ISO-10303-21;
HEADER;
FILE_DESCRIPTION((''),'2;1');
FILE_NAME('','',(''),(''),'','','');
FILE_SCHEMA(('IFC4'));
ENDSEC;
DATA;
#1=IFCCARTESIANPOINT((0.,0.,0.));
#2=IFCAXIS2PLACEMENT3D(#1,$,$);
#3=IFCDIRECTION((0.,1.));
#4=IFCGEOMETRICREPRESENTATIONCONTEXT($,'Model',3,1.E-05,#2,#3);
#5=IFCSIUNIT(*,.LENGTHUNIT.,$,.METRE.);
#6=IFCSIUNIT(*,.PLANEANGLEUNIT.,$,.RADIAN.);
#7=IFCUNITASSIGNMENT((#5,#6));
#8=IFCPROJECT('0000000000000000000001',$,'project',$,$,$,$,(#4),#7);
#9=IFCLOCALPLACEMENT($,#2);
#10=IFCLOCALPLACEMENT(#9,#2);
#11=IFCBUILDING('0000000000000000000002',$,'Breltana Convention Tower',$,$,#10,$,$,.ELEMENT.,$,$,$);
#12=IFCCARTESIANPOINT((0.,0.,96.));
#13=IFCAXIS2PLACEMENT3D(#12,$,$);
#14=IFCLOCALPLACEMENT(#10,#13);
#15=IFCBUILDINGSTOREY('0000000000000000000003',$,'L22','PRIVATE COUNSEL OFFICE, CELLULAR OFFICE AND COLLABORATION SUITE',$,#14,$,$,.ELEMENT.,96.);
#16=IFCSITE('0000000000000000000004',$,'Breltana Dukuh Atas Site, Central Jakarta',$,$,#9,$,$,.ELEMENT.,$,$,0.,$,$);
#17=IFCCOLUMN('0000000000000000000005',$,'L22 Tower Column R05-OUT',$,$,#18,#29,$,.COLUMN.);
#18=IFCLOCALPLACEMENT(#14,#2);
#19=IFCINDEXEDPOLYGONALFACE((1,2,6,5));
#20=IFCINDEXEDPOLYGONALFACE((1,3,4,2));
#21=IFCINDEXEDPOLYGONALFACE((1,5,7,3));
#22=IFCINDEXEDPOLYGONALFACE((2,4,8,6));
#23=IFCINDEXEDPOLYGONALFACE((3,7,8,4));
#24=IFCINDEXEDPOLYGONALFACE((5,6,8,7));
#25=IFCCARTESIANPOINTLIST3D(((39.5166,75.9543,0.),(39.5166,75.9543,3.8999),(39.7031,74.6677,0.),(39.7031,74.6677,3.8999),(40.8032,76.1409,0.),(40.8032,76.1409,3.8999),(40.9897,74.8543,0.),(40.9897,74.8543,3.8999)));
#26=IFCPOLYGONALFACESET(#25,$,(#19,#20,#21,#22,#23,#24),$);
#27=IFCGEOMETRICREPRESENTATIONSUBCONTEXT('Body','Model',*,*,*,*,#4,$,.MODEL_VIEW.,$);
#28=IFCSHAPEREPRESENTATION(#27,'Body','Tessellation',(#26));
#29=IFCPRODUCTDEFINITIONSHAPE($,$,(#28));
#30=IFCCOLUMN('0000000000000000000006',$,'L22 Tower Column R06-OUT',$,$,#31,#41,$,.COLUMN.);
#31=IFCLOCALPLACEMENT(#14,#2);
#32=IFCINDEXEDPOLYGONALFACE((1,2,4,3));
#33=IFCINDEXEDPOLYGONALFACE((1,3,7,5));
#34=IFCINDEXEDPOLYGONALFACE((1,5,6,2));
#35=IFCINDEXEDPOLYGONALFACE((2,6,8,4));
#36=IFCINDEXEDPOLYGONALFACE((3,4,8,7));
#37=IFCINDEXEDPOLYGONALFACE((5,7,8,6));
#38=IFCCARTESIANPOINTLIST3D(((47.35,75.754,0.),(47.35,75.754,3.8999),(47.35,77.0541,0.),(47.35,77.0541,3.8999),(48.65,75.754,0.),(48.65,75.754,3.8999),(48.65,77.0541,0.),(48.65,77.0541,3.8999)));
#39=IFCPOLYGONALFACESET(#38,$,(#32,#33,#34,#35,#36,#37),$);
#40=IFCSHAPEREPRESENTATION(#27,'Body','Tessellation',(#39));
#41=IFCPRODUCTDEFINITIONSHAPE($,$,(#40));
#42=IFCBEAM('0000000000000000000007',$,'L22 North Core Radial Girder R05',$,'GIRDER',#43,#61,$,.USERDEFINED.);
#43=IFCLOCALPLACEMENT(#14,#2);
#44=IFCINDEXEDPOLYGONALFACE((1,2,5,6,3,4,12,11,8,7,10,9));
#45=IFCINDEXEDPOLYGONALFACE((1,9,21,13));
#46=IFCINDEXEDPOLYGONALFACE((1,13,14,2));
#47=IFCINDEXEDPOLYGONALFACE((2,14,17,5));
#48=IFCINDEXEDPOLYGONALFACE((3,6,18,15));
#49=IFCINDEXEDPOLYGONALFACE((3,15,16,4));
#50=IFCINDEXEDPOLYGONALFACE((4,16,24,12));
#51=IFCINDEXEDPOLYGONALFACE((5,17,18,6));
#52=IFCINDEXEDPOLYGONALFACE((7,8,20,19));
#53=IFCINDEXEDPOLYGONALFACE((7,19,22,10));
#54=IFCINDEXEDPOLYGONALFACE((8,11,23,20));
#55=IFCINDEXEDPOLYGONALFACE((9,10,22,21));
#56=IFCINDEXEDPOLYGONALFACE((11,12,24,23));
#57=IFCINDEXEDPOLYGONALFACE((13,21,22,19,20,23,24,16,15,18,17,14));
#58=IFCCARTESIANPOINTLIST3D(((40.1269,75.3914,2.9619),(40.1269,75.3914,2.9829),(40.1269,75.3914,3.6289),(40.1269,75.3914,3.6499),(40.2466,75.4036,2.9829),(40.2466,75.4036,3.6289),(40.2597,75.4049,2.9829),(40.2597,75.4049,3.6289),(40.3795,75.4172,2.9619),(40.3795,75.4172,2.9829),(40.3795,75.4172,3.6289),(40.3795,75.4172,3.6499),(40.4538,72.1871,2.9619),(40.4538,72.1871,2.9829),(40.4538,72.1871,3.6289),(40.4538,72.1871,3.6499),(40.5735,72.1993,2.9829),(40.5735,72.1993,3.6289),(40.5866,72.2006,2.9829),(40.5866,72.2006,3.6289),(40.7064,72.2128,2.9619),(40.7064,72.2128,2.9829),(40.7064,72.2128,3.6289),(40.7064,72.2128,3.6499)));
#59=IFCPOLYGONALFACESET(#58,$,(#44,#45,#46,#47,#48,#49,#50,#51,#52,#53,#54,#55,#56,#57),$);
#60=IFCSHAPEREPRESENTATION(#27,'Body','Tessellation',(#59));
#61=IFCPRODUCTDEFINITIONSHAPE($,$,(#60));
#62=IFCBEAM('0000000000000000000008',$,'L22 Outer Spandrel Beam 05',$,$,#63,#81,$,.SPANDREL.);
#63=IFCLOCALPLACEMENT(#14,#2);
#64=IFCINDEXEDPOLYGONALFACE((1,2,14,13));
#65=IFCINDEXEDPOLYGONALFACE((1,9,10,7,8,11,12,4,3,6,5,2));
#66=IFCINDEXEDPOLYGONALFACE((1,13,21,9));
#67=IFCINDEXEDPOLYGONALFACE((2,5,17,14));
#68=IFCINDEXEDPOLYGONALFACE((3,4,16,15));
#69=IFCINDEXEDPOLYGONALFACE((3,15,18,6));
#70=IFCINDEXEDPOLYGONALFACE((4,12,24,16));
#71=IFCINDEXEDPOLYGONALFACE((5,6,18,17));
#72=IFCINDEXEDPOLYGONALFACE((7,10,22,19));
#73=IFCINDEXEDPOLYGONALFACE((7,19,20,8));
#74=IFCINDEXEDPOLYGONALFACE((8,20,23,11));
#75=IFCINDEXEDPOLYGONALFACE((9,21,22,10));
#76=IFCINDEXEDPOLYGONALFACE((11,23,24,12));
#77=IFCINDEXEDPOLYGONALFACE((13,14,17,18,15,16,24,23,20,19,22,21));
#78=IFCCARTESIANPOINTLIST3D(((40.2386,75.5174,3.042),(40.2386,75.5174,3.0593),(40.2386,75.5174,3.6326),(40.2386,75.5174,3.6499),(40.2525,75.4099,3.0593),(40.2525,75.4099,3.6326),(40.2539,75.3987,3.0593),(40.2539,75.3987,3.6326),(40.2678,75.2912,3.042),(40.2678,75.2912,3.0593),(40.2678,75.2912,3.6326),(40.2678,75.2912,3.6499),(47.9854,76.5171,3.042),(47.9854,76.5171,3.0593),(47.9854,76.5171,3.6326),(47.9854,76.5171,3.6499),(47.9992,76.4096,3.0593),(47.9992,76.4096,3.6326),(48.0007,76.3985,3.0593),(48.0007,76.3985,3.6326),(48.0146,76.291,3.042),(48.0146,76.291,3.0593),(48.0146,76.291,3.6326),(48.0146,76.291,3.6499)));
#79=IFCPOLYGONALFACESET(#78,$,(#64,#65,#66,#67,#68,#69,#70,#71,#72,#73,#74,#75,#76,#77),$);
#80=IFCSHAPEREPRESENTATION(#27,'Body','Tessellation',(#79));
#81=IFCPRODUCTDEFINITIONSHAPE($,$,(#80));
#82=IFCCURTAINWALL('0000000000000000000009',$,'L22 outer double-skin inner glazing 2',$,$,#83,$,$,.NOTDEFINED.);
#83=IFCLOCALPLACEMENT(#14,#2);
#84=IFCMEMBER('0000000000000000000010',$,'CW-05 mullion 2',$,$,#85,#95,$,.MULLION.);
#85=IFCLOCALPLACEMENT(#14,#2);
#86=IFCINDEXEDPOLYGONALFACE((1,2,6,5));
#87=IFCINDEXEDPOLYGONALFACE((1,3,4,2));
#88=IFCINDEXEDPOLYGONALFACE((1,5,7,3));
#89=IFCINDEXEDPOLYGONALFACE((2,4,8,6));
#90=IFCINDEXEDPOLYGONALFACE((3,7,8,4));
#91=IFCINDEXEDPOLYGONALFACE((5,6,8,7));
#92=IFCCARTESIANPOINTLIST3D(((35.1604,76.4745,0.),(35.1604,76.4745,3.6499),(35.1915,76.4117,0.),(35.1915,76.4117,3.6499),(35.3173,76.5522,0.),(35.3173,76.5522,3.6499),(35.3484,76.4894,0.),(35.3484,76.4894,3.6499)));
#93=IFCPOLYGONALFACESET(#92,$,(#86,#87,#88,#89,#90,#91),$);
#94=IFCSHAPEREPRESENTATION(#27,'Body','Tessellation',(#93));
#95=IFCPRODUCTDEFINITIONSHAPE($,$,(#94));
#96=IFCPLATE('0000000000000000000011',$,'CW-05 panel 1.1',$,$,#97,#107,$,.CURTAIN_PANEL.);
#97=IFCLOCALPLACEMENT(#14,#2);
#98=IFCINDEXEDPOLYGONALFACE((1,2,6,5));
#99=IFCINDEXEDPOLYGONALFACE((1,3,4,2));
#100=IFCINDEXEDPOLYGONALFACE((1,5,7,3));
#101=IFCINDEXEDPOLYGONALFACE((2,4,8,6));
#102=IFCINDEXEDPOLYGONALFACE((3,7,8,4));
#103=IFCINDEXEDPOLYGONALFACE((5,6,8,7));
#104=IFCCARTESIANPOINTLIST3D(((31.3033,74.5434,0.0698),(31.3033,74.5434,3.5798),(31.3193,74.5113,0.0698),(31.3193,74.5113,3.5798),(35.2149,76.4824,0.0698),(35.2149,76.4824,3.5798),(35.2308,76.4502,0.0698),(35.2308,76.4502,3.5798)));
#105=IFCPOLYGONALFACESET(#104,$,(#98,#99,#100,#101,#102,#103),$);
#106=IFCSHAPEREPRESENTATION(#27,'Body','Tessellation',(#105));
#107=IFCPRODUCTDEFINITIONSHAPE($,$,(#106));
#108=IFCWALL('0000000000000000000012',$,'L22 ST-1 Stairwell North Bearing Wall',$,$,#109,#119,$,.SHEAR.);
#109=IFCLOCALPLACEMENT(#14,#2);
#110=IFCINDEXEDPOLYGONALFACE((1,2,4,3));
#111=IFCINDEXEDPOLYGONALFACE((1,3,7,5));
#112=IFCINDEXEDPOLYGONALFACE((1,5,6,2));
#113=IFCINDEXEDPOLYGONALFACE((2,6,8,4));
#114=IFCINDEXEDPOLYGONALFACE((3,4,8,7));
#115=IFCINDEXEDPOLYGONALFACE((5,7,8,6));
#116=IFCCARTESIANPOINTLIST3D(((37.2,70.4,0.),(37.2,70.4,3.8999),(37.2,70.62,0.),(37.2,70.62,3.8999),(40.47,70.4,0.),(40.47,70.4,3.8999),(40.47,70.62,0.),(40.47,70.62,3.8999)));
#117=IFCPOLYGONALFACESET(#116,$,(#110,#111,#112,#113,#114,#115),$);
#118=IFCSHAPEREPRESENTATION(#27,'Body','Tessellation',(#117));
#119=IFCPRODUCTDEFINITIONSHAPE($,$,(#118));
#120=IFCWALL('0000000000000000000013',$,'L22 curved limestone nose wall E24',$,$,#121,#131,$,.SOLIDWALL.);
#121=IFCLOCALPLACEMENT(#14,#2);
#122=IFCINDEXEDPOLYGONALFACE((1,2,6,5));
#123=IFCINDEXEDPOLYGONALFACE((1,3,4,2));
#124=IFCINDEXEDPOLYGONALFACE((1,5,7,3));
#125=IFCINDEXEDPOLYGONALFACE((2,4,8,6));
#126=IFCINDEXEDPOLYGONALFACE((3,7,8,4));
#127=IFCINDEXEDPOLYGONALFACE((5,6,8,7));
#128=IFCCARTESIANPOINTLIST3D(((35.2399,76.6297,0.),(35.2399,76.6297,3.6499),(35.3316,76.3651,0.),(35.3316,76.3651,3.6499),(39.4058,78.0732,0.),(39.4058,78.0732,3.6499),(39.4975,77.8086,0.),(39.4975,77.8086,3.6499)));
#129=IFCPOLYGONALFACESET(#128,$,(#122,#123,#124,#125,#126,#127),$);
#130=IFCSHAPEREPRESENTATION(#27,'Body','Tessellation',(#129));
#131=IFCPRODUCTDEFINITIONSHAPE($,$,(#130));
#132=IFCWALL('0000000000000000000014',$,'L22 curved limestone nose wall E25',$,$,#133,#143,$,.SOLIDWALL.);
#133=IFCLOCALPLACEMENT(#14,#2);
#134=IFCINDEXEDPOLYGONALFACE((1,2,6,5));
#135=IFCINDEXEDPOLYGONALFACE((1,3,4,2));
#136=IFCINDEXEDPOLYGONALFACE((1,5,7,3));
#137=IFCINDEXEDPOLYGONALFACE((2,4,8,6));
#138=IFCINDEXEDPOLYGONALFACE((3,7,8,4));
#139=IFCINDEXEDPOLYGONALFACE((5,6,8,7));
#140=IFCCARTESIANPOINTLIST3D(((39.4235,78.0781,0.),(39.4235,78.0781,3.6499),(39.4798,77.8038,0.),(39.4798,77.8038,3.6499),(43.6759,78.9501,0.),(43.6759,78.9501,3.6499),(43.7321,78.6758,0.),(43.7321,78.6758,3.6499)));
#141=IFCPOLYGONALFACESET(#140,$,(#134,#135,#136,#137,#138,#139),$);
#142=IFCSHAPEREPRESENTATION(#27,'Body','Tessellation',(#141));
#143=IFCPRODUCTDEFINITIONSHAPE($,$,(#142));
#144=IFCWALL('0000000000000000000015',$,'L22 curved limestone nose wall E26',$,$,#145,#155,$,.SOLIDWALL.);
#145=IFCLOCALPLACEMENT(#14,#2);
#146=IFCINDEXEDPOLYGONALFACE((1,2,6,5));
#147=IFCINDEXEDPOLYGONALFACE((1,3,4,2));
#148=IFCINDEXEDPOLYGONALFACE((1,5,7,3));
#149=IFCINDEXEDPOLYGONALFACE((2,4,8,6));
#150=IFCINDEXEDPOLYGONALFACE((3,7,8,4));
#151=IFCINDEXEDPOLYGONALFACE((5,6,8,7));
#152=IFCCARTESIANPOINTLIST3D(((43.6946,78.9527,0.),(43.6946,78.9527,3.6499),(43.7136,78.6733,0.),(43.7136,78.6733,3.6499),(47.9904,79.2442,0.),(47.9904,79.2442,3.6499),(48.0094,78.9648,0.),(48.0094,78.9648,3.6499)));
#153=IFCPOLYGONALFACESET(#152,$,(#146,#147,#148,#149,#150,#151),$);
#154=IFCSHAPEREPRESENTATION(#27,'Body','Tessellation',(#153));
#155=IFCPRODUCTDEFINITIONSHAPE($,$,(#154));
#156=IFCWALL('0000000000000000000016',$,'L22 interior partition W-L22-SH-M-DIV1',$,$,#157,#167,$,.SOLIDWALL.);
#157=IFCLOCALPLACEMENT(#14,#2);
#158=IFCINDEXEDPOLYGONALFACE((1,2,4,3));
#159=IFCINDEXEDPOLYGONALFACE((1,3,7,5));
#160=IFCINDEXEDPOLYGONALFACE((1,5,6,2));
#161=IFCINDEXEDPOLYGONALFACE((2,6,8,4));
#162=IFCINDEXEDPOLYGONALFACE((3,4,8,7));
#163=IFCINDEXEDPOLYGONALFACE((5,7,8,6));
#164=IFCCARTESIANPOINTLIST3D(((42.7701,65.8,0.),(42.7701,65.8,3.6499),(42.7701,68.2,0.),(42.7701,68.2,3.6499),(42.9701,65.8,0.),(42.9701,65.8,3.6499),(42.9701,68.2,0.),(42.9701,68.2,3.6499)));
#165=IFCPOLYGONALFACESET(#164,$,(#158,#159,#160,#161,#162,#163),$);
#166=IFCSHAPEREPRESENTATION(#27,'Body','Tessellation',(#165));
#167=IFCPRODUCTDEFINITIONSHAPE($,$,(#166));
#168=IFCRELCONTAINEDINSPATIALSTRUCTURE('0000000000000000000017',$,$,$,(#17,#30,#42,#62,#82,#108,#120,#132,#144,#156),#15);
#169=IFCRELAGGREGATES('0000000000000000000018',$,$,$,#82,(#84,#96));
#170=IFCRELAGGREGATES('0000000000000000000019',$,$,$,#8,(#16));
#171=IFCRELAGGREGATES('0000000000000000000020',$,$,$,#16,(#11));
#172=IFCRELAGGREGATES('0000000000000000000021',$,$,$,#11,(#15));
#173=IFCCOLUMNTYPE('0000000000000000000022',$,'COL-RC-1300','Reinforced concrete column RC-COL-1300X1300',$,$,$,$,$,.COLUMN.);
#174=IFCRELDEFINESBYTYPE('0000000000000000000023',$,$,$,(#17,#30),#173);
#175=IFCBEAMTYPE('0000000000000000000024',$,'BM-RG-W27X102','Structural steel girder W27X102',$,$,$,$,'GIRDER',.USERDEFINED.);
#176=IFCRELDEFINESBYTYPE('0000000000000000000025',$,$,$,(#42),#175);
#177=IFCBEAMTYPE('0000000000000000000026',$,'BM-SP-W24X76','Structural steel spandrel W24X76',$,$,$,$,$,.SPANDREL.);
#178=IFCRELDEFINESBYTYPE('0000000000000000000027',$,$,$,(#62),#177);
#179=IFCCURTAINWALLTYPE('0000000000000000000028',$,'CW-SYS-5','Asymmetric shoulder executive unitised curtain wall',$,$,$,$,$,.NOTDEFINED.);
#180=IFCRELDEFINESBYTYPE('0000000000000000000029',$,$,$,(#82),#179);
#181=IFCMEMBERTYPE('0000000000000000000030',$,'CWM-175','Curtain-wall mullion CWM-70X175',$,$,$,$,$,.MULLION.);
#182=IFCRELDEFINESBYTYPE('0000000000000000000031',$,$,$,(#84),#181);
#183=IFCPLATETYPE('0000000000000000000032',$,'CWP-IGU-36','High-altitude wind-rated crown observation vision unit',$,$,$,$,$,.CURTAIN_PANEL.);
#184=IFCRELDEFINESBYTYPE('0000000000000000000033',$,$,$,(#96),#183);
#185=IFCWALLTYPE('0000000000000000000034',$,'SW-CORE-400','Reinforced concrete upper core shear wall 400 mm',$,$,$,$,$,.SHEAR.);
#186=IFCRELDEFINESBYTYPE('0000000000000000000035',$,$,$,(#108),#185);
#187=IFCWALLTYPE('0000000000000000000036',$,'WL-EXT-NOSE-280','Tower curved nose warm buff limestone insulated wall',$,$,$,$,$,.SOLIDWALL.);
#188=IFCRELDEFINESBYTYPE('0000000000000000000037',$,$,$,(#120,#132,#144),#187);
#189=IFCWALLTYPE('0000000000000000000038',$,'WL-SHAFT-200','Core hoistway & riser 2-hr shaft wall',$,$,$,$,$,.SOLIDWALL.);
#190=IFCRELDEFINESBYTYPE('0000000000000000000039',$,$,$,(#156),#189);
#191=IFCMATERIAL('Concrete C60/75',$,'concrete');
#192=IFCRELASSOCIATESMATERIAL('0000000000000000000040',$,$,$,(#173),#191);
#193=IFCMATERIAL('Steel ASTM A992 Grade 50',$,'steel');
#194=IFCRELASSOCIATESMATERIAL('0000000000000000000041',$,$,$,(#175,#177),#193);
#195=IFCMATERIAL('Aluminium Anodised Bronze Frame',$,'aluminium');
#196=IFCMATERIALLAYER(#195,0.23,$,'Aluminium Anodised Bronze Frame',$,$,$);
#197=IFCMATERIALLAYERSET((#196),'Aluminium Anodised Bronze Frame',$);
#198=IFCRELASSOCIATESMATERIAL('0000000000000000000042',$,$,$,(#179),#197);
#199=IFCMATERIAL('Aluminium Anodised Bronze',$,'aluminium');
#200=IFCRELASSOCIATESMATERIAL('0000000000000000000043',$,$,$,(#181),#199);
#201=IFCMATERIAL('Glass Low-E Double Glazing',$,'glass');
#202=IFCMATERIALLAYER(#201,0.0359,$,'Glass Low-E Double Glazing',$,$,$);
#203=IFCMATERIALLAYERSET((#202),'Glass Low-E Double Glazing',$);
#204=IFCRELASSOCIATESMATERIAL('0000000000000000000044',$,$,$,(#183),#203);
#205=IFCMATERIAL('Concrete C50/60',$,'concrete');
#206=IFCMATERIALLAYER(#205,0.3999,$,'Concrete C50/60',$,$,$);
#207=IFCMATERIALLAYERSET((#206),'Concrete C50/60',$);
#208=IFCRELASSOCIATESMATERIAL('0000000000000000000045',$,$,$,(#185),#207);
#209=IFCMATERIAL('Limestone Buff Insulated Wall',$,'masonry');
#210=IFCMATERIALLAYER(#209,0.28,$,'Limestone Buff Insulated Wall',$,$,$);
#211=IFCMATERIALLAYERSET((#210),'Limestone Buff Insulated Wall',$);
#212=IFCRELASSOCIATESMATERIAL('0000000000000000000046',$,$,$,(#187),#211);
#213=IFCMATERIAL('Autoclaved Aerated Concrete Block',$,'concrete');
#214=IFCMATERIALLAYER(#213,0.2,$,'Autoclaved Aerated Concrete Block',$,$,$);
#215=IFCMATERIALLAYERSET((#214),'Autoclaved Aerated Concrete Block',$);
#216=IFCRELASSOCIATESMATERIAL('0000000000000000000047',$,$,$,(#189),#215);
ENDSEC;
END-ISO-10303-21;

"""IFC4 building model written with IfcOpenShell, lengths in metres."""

from ifc_helpers import new_model, si_unit, direction, frame, frame_2d, origin, origin_2d, place, context, subcontext, project, spatial, rectangle, i_section, extrude, source, transform, mapped, material, layer, layer_set, material_profile, profile_set, type_object, element, aggregate, save


model = new_model("IFC4")

# Units and contexts
model_context = context("Model", 3, precision=1e-05, world=origin(), true_north=direction((0.0, 1.0)))
body_context = subcontext(model_context, "Body", "Model", "MODEL_VIEW")
ifc_project = project(units=[si_unit("LENGTHUNIT", "METRE"), si_unit("PLANEANGLEUNIT", "RADIAN")], contexts=[model_context])

# Site, building, storey
site_placement = place(None, origin())
site = spatial("IfcSite", under=ifc_project, at=site_placement, Name="Breltana Dukuh Atas Site, Central Jakarta", CompositionType="ELEMENT", RefElevation=0.0)
building_placement = place(site_placement, origin())
building = spatial("IfcBuilding", under=site, at=building_placement, Name="Breltana Convention Tower", CompositionType="ELEMENT")
storey_placement = place(building_placement, frame((0.0, 0.0, 96.0)))
storey = spatial("IfcBuildingStorey", under=building, at=storey_placement, Name="L22", Description="PRIVATE COUNSEL OFFICE, CELLULAR OFFICE AND COLLABORATION SUITE", CompositionType="ELEMENT", Elevation=96.0)

# Columns
ifc_material_1 = material(Name="Concrete C60/75", Category="concrete")
ifc_material_profile_1 = material_profile(ifc_material_1, rectangle(XDim=1.3, YDim=1.3, at=origin_2d()), Name="RC-COL-1300X1300")
ifc_profile_set_1 = profile_set([ifc_material_profile_1], Name="Concrete C60/75")
column_type = type_object("IfcColumnType", Name="COL-RC-1300", Description="Reinforced concrete column RC-COL-1300X1300", PredefinedType="COLUMN", material=ifc_profile_set_1)
shared_shape_1 = source(origin(), body_context, "Body", "SweptSolid", [
    extrude(rectangle(XDim=1.3, YDim=1.3, at=origin_2d()), origin(), (0.0, 0.0, 1.0), 3.8999),
])
for number, where, z_axis, x_axis, name in (
    (1, (40.2532, 75.4043, 0.0), (0.0, 0.0, 1.0), (-0.143493, 0.989651, 0.0), "L22 Tower Column R05-OUT"),
    (2, (48.0, 76.4041, 0.0), (0.0, 0.0, 1.0), (0.0, 1.0, 0.0), "L22 Tower Column R06-OUT"),
):
    element("IfcColumn", number, at=place(storey_placement, frame(where, z_axis=z_axis, x_axis=x_axis)), inside=storey, type_object=column_type, Name=name, PredefinedType="COLUMN", context=body_context, shape_type="MappedRepresentation", body=[
        mapped(shared_shape_1, transform((0.0, 0.0, 0.0), scale=1.0)),
    ])

# Beams
ifc_material_2 = material(Name="Steel ASTM A992 Grade 50", Category="steel")
ifc_material_profile_2 = material_profile(ifc_material_2, i_section(OverallWidth=0.2539, OverallDepth=0.688, WebThickness=0.0132, FlangeThickness=0.021, at=origin_2d()), Name="W27X102")
ifc_profile_set_2 = profile_set([ifc_material_profile_2], Name="Steel ASTM A992 Grade 50")
beam_type_1 = type_object("IfcBeamType", Name="BM-RG-W27X102", Description="Structural steel girder W27X102", ElementType="GIRDER", PredefinedType="USERDEFINED", material=ifc_profile_set_2)
shared_shape_2 = source(origin(), body_context, "Body", "SweptSolid", [
    extrude(i_section(OverallWidth=0.2539, OverallDepth=0.688, WebThickness=0.0132, FlangeThickness=0.021, at=origin_2d()), origin(), (0.0, 0.0, 1.0), 3.2209),
])
beam_1_placement = place(storey_placement, frame((40.5801, 72.2, 3.3059), z_axis=(-0.101492, 0.994836, 0.0), x_axis=(-0.994836, -0.101492, 0.0)))
element("IfcBeam", 3, at=beam_1_placement, inside=storey, type_object=beam_type_1, Name="L22 North Core Radial Girder R05", ObjectType="GIRDER", PredefinedType="USERDEFINED", context=body_context, shape_type="MappedRepresentation", body=[
    mapped(shared_shape_2, transform((0.0, 0.0, 0.0), scale=1.0)),
])
ifc_material_profile_3 = material_profile(ifc_material_2, i_section(OverallWidth=0.228, OverallDepth=0.6079, WebThickness=0.0112, FlangeThickness=0.0173, at=origin_2d()), Name="W24X76")
ifc_profile_set_3 = profile_set([ifc_material_profile_3], Name="Steel ASTM A992 Grade 50")
beam_type_2 = type_object("IfcBeamType", Name="BM-SP-W24X76", Description="Structural steel spandrel W24X76", PredefinedType="SPANDREL", material=ifc_profile_set_3)
shared_shape_3 = source(origin(), body_context, "Body", "SweptSolid", [
    extrude(i_section(OverallWidth=0.228, OverallDepth=0.6079, WebThickness=0.0112, FlangeThickness=0.0173, at=origin_2d()), origin(), (0.0, 0.0, 1.0), 7.811),
])
beam_2_placement = place(storey_placement, frame((40.2532, 75.4043, 3.3459), z_axis=(0.991775, 0.127992, 0.0), x_axis=(-0.127992, 0.991775, 0.0)))
element("IfcBeam", 4, at=beam_2_placement, inside=storey, type_object=beam_type_2, Name="L22 Outer Spandrel Beam 05", PredefinedType="SPANDREL", context=body_context, shape_type="MappedRepresentation", body=[
    mapped(shared_shape_3, transform((0.0, 0.0, 0.0), scale=1.0)),
])

# Curtain wall, member, plate
ifc_material_3 = material(Name="Aluminium Anodised Bronze Frame", Category="aluminium")
ifc_layer_1 = layer(ifc_material_3, 0.23, Name="Aluminium Anodised Bronze Frame")
ifc_layer_set_1 = layer_set([ifc_layer_1], Name="Aluminium Anodised Bronze Frame")
curtain_wall_type = type_object("IfcCurtainWallType", Name="CW-SYS-5", Description="Asymmetric shoulder executive unitised curtain wall", PredefinedType="NOTDEFINED", material=ifc_layer_set_1)
curtain_wall_placement = place(storey_placement, origin())
curtain_wall = element("IfcCurtainWall", 5, at=curtain_wall_placement, inside=storey, type_object=curtain_wall_type, Name="L22 outer double-skin inner glazing 2", PredefinedType="NOTDEFINED")
ifc_material_4 = material(Name="Aluminium Anodised Bronze", Category="aluminium")
ifc_material_profile_4 = material_profile(ifc_material_4, rectangle(XDim=0.0701, YDim=0.175, at=origin_2d()), Name="CWM-70X175")
ifc_profile_set_4 = profile_set([ifc_material_profile_4], Name="Aluminium Anodised Bronze")
member_type = type_object("IfcMemberType", Name="CWM-175", Description="Curtain-wall mullion CWM-70X175", PredefinedType="MULLION", material=ifc_profile_set_4)
shared_shape_4 = source(origin(), body_context, "Body", "SweptSolid", [
    extrude(rectangle(XDim=0.0701, YDim=0.175, at=origin_2d()), origin(), (0.0, 0.0, 1.0), 3.6499),
])
member_placement = place(storey_placement, frame((35.2544, 76.4819, 0.0), z_axis=(0.0, 0.0, 1.0), x_axis=(-0.444122, 0.895967, 0.0)))
member = element("IfcMember", 6, at=member_placement, type_object=member_type, Name="CW-05 mullion 2", PredefinedType="MULLION", context=body_context, shape_type="MappedRepresentation", body=[
    mapped(shared_shape_4, transform((0.0, 0.0, 0.0), scale=1.0)),
])
ifc_material_5 = material(Name="Glass Low-E Double Glazing", Category="glass")
ifc_layer_2 = layer(ifc_material_5, 0.0359, Name="Glass Low-E Double Glazing")
ifc_layer_set_2 = layer_set([ifc_layer_2], Name="Glass Low-E Double Glazing")
plate_type = type_object("IfcPlateType", Name="CWP-IGU-36", Description="High-altitude wind-rated crown observation vision unit", PredefinedType="CURTAIN_PANEL", material=ifc_layer_set_2)
shared_shape_5 = source(origin(), body_context, "Body", "SweptSolid", [
    extrude(rectangle(XDim=4.3657, YDim=0.0359, at=origin_2d()), origin(), (0.0, 0.0, 1.0), 3.51),
])
plate_placement = place(storey_placement, frame((33.2671, 75.4968, 0.0698), z_axis=(0.0, 0.0, 1.0), x_axis=(0.895967, 0.444122, 0.0)))
plate = element("IfcPlate", 7, at=plate_placement, type_object=plate_type, Name="CW-05 panel 1.1", PredefinedType="CURTAIN_PANEL", context=body_context, shape_type="MappedRepresentation", body=[
    mapped(shared_shape_5, transform((0.0, 0.0, 0.0), scale=1.0)),
])
aggregate(curtain_wall, [member, plate])

# Walls
ifc_material_6 = material(Name="Concrete C50/60", Category="concrete")
ifc_layer_3 = layer(ifc_material_6, 0.3999, Name="Concrete C50/60")
ifc_layer_set_3 = layer_set([ifc_layer_3], Name="Concrete C50/60")
wall_type_1 = type_object("IfcWallType", Name="SW-CORE-400", Description="Reinforced concrete upper core shear wall 400 mm", PredefinedType="SHEAR", material=ifc_layer_set_3)
shared_shape_6 = source(origin(), body_context, "Body", "SweptSolid", [
    extrude(rectangle(XDim=3.27, YDim=0.22, at=frame_2d((1.635, 0.0))), origin(), (0.0, 0.0, 1.0), 3.8999),
])
wall_1_placement = place(storey_placement, frame((37.2, 70.51, 0.0), z_axis=(0.0, 0.0, 1.0), x_axis=(1.0, 0.0, 0.0)))
element("IfcWall", 8, at=wall_1_placement, inside=storey, type_object=wall_type_1, Name="L22 ST-1 Stairwell North Bearing Wall", PredefinedType="SHEAR", context=body_context, shape_type="MappedRepresentation", body=[
    mapped(shared_shape_6, transform((0.0, 0.0, 0.0), scale=1.0)),
])
ifc_material_7 = material(Name="Limestone Buff Insulated Wall", Category="masonry")
ifc_layer_4 = layer(ifc_material_7, 0.28, Name="Limestone Buff Insulated Wall")
ifc_layer_set_4 = layer_set([ifc_layer_4], Name="Limestone Buff Insulated Wall")
wall_type_2 = type_object("IfcWallType", Name="WL-EXT-NOSE-280", Description="Tower curved nose warm buff limestone insulated wall", PredefinedType="SOLIDWALL", material=ifc_layer_set_4)
shared_shape_7 = source(origin(), body_context, "Body", "SweptSolid", [
    extrude(rectangle(XDim=4.4089, YDim=0.28, at=frame_2d((2.2046, 0.0))), origin(), (0.0, 0.0, 1.0), 3.6499),
])
wall_2_placement = place(storey_placement, frame((35.2856, 76.4973, 0.0), z_axis=(0.0, 0.0, 1.0), x_axis=(0.944879, 0.327419, 0.0)))
element("IfcWall", 9, at=wall_2_placement, inside=storey, type_object=wall_type_2, Name="L22 curved limestone nose wall E24", PredefinedType="SOLIDWALL", context=body_context, shape_type="MappedRepresentation", body=[
    mapped(shared_shape_7, transform((0.0, 0.0, 0.0), scale=1.0)),
])
shared_shape_8 = source(origin(), body_context, "Body", "SweptSolid", [
    extrude(rectangle(XDim=4.3408, YDim=0.28, at=frame_2d((2.1704, 0.0))), origin(), (0.0, 0.0, 1.0), 3.6499),
])
wall_3_placement = place(storey_placement, frame((39.4517, 77.9409, 0.0), z_axis=(0.0, 0.0, 1.0), x_axis=(0.979613, 0.200894, 0.0)))
element("IfcWall", 10, at=wall_3_placement, inside=storey, type_object=wall_type_2, Name="L22 curved limestone nose wall E25", PredefinedType="SOLIDWALL", context=body_context, shape_type="MappedRepresentation", body=[
    mapped(shared_shape_8, transform((0.0, 0.0, 0.0), scale=1.0)),
])
shared_shape_9 = source(origin(), body_context, "Body", "SweptSolid", [
    extrude(rectangle(XDim=4.3057, YDim=0.28, at=frame_2d((2.1528, 0.0))), origin(), (0.0, 0.0, 1.0), 3.6499),
])
wall_4_placement = place(storey_placement, frame((43.7041, 78.813, 0.0), z_axis=(0.0, 0.0, 1.0), x_axis=(0.997706, 0.067701, 0.0)))
element("IfcWall", 11, at=wall_4_placement, inside=storey, type_object=wall_type_2, Name="L22 curved limestone nose wall E26", PredefinedType="SOLIDWALL", context=body_context, shape_type="MappedRepresentation", body=[
    mapped(shared_shape_9, transform((0.0, 0.0, 0.0), scale=1.0)),
])
ifc_material_8 = material(Name="Autoclaved Aerated Concrete Block", Category="concrete")
ifc_layer_5 = layer(ifc_material_8, 0.2, Name="Autoclaved Aerated Concrete Block")
ifc_layer_set_5 = layer_set([ifc_layer_5], Name="Autoclaved Aerated Concrete Block")
wall_type_3 = type_object("IfcWallType", Name="WL-SHAFT-200", Description="Core hoistway & riser 2-hr shaft wall", PredefinedType="SOLIDWALL", material=ifc_layer_set_5)
shared_shape_10 = source(origin(), body_context, "Body", "SweptSolid", [
    extrude(rectangle(XDim=2.3999, YDim=0.2, at=frame_2d((1.2, 0.0))), origin(), (0.0, 0.0, 1.0), 3.6499),
])
for number, where, z_axis, x_axis, name in (
    (12, (42.8701, 65.8, 0.0), (0.0, 0.0, 1.0), (0.0, 1.0, 0.0), "L22 interior partition W-L22-SH-M-DIV1"),
):
    element("IfcWall", number, at=place(storey_placement, frame(where, z_axis=z_axis, x_axis=x_axis)), inside=storey, type_object=wall_type_3, Name=name, PredefinedType="SOLIDWALL", context=body_context, shape_type="MappedRepresentation", body=[
        mapped(shared_shape_10, transform((0.0, 0.0, 0.0), scale=1.0)),
    ])

save(model, "model.ifc")
